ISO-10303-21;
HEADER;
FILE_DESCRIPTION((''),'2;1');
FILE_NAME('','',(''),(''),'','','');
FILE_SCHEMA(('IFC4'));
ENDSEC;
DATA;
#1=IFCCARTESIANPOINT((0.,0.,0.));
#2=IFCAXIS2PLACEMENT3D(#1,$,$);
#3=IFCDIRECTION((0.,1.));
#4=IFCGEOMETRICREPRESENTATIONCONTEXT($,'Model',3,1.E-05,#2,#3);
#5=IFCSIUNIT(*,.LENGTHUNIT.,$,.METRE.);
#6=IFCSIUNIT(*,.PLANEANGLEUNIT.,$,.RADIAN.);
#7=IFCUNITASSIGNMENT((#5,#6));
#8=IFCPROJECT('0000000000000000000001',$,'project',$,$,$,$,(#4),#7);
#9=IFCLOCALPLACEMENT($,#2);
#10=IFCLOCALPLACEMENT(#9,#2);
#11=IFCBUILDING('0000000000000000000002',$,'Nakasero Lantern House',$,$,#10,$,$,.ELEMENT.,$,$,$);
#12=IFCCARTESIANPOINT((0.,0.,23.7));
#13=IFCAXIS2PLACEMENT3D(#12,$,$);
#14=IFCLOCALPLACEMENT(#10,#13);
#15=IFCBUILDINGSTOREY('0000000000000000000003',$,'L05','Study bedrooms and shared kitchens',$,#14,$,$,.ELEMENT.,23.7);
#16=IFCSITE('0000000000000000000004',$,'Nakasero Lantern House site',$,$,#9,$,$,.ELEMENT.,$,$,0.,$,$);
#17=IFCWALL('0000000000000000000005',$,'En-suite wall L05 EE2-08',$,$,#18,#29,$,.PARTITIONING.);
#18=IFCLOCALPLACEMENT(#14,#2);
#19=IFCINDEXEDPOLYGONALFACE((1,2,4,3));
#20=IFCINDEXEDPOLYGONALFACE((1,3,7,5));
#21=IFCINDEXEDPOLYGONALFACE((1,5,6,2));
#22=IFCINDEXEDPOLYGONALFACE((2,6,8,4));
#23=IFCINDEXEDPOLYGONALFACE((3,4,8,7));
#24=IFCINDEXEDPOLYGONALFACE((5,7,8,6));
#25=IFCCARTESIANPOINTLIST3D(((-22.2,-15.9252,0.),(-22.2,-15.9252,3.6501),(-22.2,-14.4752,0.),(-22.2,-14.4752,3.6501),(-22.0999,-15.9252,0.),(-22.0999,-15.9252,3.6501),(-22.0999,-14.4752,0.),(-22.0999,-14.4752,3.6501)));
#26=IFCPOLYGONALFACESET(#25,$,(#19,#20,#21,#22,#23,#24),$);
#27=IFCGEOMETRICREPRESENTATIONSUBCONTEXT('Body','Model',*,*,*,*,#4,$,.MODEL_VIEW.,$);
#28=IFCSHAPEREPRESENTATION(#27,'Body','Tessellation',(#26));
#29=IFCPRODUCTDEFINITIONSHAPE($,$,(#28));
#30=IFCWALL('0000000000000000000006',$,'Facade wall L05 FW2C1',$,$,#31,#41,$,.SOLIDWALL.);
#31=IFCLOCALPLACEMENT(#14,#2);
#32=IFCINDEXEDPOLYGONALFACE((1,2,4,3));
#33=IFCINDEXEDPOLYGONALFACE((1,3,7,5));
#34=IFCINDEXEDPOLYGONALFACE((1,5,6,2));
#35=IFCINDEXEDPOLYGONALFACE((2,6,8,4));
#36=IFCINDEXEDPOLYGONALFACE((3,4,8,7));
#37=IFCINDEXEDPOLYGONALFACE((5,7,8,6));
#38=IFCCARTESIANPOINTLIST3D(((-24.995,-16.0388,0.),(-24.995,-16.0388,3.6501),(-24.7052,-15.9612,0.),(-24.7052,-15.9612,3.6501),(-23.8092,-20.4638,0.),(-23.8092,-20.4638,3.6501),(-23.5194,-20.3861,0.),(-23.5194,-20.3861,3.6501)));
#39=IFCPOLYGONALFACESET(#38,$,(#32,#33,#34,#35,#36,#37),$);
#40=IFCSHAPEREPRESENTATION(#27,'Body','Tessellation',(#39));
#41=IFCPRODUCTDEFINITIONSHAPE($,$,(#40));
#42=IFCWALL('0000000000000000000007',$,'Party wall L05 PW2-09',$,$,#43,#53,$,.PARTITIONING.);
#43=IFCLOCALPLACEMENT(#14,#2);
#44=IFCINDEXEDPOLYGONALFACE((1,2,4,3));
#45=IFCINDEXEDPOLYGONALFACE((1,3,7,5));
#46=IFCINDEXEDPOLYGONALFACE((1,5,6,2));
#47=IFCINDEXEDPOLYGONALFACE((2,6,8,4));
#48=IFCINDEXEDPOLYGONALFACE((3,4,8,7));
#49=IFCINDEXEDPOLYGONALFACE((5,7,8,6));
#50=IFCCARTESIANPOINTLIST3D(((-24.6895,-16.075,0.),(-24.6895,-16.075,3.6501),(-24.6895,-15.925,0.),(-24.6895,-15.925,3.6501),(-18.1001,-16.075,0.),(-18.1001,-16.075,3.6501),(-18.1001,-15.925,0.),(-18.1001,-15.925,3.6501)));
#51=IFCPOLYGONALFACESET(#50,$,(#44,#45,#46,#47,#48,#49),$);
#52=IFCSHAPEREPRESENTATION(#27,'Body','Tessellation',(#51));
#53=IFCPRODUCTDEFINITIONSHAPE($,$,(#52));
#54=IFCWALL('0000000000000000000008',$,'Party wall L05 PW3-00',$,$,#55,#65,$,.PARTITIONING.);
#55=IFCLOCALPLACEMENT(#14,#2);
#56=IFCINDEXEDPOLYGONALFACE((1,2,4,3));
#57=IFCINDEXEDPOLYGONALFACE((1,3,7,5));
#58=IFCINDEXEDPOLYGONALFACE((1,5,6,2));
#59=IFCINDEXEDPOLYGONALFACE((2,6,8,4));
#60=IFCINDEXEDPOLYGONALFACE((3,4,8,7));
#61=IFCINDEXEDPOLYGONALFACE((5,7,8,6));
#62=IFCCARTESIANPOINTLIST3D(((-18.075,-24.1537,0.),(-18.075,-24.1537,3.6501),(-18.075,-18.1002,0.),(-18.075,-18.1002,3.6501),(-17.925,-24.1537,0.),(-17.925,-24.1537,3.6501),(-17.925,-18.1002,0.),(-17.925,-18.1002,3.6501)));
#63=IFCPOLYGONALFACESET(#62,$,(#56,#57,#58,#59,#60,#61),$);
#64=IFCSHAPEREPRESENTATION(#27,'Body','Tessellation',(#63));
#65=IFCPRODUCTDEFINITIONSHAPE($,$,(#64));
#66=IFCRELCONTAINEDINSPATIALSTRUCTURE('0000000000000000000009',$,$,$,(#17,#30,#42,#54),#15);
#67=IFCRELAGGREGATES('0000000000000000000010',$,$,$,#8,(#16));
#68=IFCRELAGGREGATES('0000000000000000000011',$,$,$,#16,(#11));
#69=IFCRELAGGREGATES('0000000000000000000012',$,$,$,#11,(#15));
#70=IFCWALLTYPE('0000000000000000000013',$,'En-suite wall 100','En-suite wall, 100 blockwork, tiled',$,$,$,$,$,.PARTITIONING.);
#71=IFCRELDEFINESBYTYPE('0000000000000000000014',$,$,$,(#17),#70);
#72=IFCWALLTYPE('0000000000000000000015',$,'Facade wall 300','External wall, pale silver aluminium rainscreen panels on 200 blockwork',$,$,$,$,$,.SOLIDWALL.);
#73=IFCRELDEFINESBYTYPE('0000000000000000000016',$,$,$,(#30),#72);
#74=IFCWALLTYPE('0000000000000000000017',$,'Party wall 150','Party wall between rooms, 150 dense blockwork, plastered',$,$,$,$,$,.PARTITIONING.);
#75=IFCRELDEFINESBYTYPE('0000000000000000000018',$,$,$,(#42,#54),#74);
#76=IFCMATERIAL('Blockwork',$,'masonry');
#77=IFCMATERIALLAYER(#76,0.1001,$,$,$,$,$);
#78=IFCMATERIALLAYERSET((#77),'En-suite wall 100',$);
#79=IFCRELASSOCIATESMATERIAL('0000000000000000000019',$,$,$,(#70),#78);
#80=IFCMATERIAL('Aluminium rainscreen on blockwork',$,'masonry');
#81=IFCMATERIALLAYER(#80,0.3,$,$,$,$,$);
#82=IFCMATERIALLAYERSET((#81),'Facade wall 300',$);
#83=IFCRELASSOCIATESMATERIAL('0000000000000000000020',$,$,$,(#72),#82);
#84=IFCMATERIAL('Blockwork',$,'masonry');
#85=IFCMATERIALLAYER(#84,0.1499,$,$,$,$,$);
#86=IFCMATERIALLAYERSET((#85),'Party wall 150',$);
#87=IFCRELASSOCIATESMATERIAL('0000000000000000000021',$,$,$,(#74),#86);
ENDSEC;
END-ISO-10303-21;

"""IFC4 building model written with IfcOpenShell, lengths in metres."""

from ifc_helpers import new_model, si_unit, direction, frame, frame_2d, origin, place, context, subcontext, project, spatial, rectangle, extrude, material, layer, layer_set, type_object, element, save


model = new_model("IFC4")

# Units and contexts
model_context = context("Model", 3, precision=1e-05, world=origin(), true_north=direction((0.0, 1.0)))
body_context = subcontext(model_context, "Body", "Model", "MODEL_VIEW")
ifc_project = project(units=[si_unit("LENGTHUNIT", "METRE"), si_unit("PLANEANGLEUNIT", "RADIAN")], contexts=[model_context])

# Site, building, storey
site_placement = place(None, origin())
site = spatial("IfcSite", under=ifc_project, at=site_placement, Name="Nakasero Lantern House site", CompositionType="ELEMENT", RefElevation=0.0)
building_placement = place(site_placement, origin())
building = spatial("IfcBuilding", under=site, at=building_placement, Name="Nakasero Lantern House", CompositionType="ELEMENT")
storey_placement = place(building_placement, frame((0.0, 0.0, 23.7)))
storey = spatial("IfcBuildingStorey", under=building, at=storey_placement, Name="L05", Description="Study bedrooms and shared kitchens", CompositionType="ELEMENT", Elevation=23.7)

# Shared definitions
ifc_material_1 = material(Name="Blockwork", Category="masonry")
ifc_layer_1 = layer(ifc_material_1, 0.1001)
ifc_layer_set_1 = layer_set([ifc_layer_1], Name="En-suite wall 100")
wall_type_1 = type_object("IfcWallType", Name="En-suite wall 100", Description="En-suite wall, 100 blockwork, tiled", PredefinedType="PARTITIONING", material=ifc_layer_set_1)

# Walls
wall_1_placement = place(storey_placement, frame((-22.1499, -14.4751, 0.0), z_axis=(0.0, 0.0, 1.0), x_axis=(0.0, -1.0, 0.0)))
element("IfcWall", 1, at=wall_1_placement, inside=storey, type_object=wall_type_1, Name="En-suite wall L05 EE2-08", PredefinedType="PARTITIONING", context=body_context, shape_type="SweptSolid", body=[
    extrude(rectangle(XDim=1.45, YDim=0.1001, at=frame_2d((0.7251, 0.0))), origin(), (0.0, 0.0, 1.0), 3.6501),
])
ifc_material_2 = material(Name="Aluminium rainscreen on blockwork", Category="masonry")
ifc_layer_2 = layer(ifc_material_2, 0.3)
ifc_layer_set_2 = layer_set([ifc_layer_2], Name="Facade wall 300")
wall_type_2 = type_object("IfcWallType", Name="Facade wall 300", Description="External wall, pale silver aluminium rainscreen panels on 200 blockwork", PredefinedType="SOLIDWALL", material=ifc_layer_set_2)
wall_2_placement = place(storey_placement, frame((-24.8501, -16.0, 0.0), z_axis=(0.0, 0.0, 1.0), x_axis=(0.25884, -0.96592, 0.0)))
element("IfcWall", 2, at=wall_2_placement, inside=storey, type_object=wall_type_2, Name="Facade wall L05 FW2C1", PredefinedType="SOLIDWALL", context=body_context, shape_type="SweptSolid", body=[
    extrude(rectangle(XDim=4.5811, YDim=0.3, at=frame_2d((2.2905, 0.0))), origin(), (0.0, 0.0, 1.0), 3.6501),
])
ifc_material_3 = material(Name="Blockwork", Category="masonry")
ifc_layer_3 = layer(ifc_material_3, 0.1499)
ifc_layer_set_3 = layer_set([ifc_layer_3], Name="Party wall 150")
wall_type_3 = type_object("IfcWallType", Name="Party wall 150", Description="Party wall between rooms, 150 dense blockwork, plastered", PredefinedType="PARTITIONING", material=ifc_layer_set_3)
wall_3_placement = place(storey_placement, frame((-18.1001, -16.0, 0.0), z_axis=(0.0, 0.0, 1.0), x_axis=(-1.0, 0.0, 0.0)))
element("IfcWall", 3, at=wall_3_placement, inside=storey, type_object=wall_type_3, Name="Party wall L05 PW2-09", PredefinedType="PARTITIONING", context=body_context, shape_type="SweptSolid", body=[
    extrude(rectangle(XDim=6.5894, YDim=0.1499, at=frame_2d((3.2947, 0.0))), origin(), (0.0, 0.0, 1.0), 3.6501),
])
wall_4_placement = place(storey_placement, frame((-18.0, -18.1001, 0.0), z_axis=(0.0, 0.0, 1.0), x_axis=(0.0, -1.0, 0.0)))
element("IfcWall", 4, at=wall_4_placement, inside=storey, type_object=wall_type_3, Name="Party wall L05 PW3-00", PredefinedType="PARTITIONING", context=body_context, shape_type="SweptSolid", body=[
    extrude(rectangle(XDim=6.0535, YDim=0.1499, at=frame_2d((3.0269, 0.0))), origin(), (0.0, 0.0, 1.0), 3.6501),
])

save(model, "model.ifc")
